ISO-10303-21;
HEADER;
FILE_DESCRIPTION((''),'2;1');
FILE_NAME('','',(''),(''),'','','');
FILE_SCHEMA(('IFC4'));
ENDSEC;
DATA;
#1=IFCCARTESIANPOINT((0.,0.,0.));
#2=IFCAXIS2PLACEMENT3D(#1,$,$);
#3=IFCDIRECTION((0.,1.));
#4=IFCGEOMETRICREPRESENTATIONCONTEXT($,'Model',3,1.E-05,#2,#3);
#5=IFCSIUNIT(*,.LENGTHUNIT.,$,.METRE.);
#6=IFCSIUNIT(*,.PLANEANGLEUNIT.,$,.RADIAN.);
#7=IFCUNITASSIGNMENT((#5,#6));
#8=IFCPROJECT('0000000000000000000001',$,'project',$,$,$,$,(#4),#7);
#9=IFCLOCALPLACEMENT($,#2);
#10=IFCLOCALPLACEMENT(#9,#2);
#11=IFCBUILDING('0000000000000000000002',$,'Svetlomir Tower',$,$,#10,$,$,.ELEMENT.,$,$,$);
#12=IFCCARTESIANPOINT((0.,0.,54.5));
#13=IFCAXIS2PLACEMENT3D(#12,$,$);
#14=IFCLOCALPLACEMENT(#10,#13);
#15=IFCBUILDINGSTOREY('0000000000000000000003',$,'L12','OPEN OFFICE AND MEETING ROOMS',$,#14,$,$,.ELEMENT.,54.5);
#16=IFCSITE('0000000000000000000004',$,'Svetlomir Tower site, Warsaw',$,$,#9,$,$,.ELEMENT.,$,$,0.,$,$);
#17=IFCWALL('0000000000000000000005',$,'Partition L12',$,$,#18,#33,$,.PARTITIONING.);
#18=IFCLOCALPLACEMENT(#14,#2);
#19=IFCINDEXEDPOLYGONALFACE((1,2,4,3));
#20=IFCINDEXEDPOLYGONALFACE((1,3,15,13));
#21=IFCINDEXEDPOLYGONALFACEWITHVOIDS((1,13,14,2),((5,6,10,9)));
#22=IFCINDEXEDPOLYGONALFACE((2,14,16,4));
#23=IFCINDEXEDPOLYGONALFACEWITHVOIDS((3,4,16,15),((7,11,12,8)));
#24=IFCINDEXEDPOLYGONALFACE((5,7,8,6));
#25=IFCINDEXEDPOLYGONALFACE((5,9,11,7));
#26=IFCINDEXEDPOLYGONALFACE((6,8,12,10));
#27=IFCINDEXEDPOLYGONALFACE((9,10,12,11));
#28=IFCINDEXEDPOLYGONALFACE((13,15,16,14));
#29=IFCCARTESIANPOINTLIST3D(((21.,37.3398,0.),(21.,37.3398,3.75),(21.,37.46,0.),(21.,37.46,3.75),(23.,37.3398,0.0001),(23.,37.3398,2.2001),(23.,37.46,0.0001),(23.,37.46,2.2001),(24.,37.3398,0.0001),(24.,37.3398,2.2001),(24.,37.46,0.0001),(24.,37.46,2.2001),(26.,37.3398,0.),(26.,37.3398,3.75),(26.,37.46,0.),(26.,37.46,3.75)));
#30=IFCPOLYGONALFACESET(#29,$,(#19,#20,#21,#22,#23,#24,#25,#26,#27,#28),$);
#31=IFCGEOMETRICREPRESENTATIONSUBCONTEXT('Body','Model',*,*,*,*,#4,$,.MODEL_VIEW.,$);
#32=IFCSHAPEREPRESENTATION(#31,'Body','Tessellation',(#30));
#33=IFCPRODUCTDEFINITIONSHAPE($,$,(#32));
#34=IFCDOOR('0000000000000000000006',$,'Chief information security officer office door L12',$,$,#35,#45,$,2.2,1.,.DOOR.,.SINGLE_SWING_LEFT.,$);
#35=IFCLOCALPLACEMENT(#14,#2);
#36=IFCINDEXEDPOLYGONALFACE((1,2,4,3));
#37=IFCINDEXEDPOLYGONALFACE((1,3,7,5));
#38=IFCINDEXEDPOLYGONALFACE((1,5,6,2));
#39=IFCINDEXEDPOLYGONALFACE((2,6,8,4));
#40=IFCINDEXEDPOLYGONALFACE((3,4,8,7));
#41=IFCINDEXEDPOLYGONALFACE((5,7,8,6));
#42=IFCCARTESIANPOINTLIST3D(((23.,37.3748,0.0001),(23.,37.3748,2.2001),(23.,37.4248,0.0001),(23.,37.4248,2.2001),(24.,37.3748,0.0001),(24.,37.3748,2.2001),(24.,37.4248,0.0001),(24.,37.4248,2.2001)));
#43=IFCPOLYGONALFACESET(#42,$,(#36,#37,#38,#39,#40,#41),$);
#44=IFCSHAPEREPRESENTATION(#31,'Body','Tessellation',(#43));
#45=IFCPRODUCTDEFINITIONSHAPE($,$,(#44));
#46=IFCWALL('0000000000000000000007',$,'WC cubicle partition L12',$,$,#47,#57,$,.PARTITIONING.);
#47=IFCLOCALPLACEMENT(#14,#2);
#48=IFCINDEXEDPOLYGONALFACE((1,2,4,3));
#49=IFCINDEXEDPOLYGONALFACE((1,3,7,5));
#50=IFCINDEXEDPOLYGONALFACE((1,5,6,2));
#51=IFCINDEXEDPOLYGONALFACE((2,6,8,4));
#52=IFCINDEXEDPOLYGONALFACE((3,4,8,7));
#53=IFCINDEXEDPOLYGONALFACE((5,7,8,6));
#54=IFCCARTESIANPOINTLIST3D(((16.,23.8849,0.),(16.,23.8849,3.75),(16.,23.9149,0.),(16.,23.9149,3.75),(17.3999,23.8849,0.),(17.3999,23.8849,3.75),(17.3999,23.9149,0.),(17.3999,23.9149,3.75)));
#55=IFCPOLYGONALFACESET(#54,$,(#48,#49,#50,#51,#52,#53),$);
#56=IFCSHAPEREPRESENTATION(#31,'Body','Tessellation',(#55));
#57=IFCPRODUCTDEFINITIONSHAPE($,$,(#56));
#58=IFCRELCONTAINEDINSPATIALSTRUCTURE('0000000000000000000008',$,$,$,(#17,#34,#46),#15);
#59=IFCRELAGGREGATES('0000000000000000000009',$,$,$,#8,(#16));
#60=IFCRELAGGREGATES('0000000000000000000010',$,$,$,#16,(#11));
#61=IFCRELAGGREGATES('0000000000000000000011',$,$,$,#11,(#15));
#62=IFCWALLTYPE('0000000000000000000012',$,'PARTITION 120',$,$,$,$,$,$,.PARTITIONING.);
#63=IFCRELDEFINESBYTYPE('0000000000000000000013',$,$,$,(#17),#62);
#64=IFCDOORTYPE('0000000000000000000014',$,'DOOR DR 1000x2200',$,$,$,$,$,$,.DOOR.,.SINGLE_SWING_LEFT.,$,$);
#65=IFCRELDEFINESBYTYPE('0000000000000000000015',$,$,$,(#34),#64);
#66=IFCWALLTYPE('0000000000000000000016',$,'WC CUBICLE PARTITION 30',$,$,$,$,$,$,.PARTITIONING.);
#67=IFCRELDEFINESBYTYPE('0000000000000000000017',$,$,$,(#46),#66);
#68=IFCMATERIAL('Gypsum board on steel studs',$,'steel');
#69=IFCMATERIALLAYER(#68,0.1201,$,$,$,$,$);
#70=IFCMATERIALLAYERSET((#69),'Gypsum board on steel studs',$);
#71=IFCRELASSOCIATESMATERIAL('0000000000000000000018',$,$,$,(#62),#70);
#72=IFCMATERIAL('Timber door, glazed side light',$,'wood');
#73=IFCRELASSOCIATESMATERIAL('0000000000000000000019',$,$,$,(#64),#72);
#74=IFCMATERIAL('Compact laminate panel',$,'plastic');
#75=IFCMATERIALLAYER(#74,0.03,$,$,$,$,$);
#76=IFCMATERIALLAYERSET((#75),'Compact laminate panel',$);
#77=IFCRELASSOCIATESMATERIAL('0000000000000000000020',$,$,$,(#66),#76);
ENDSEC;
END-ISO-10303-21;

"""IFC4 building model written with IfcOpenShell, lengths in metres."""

from ifc_helpers import new_model, si_unit, direction, frame, frame_2d, origin, place, context, subcontext, project, spatial, rectangle, extrude, material, layer, layer_set, type_object, element, fill, save


model = new_model("IFC4")

# Units and contexts
model_context = context("Model", 3, precision=1e-05, world=origin(), true_north=direction((0.0, 1.0)))
body_context = subcontext(model_context, "Body", "Model", "MODEL_VIEW")
ifc_project = project(units=[si_unit("LENGTHUNIT", "METRE"), si_unit("PLANEANGLEUNIT", "RADIAN")], contexts=[model_context])

# Site, building, storey
site_placement = place(None, origin())
site = spatial("IfcSite", under=ifc_project, at=site_placement, Name="Svetlomir Tower site, Warsaw", CompositionType="ELEMENT", RefElevation=0.0)
building_placement = place(site_placement, origin())
building = spatial("IfcBuilding", under=site, at=building_placement, Name="Svetlomir Tower", CompositionType="ELEMENT")
storey_placement = place(building_placement, frame((0.0, 0.0, 54.5)))
storey = spatial("IfcBuildingStorey", under=building, at=storey_placement, Name="L12", Description="OPEN OFFICE AND MEETING ROOMS", CompositionType="ELEMENT", Elevation=54.5)

# Shared definitions
ifc_material_1 = material(Name="Gypsum board on steel studs", Category="steel")
ifc_layer_1 = layer(ifc_material_1, 0.1201)
ifc_layer_set_1 = layer_set([ifc_layer_1], Name="Gypsum board on steel studs")
wall_type_1 = type_object("IfcWallType", Name="PARTITION 120", PredefinedType="PARTITIONING", material=ifc_layer_set_1)

# Wall, opening, door
wall_1_placement = place(storey_placement, frame((21.0, 37.3999, 0.0), z_axis=(0.0, 0.0, 1.0), x_axis=(1.0, 0.0, 0.0)))
wall_1 = element("IfcWall", 1, at=wall_1_placement, inside=storey, type_object=wall_type_1, Name="Partition L12", PredefinedType="PARTITIONING", context=body_context, shape_type="SweptSolid", body=[
    extrude(rectangle(XDim=5.0, YDim=0.1201, at=frame_2d((2.5, 0.0))), origin(), (0.0, 0.0, 1.0), 3.75),
])
opening_1_placement = place(wall_1_placement, frame((2.0, 0.0, 0.0)))
opening_1 = element("IfcOpeningElement", 2, at=opening_1_placement, cuts=wall_1, PredefinedType="OPENING", context=body_context, shape_type="SweptSolid", body=[
    extrude(rectangle(XDim=1.0, YDim=2.2, at=frame_2d((0.5, 1.1001))), frame((0.0, 0.0701, 0.0), z_axis=(0.0, -1.0, 0.0), x_axis=(1.0, 0.0, 0.0)), (0.0, 0.0, 1.0), 0.1401),
])
ifc_material_2 = material(Name="Timber door, glazed side light", Category="wood")
door_type_1 = type_object("IfcDoorType", Name="DOOR DR 1000x2200", OperationType="SINGLE_SWING_LEFT", PredefinedType="DOOR", material=ifc_material_2)
door_1_placement = place(opening_1_placement, origin())
door_1 = element("IfcDoor", 3, at=door_1_placement, inside=storey, type_object=door_type_1, Name="Chief information security officer office door L12", OperationType="SINGLE_SWING_LEFT", OverallHeight=2.2, OverallWidth=1.0, PredefinedType="DOOR", context=body_context, shape_type="SweptSolid", body=[
    extrude(rectangle(XDim=1.0, YDim=2.2, at=frame_2d((0.5, 1.1001))), frame((0.0, 0.0249, 0.0), z_axis=(0.0, -1.0, 0.0), x_axis=(1.0, 0.0, 0.0)), (0.0, 0.0, 1.0), 0.05),
])
fill(opening_1, door_1)

# Wall
ifc_material_3 = material(Name="Compact laminate panel", Category="plastic")
ifc_layer_2 = layer(ifc_material_3, 0.03)
ifc_layer_set_2 = layer_set([ifc_layer_2], Name="Compact laminate panel")
wall_type_2 = type_object("IfcWallType", Name="WC CUBICLE PARTITION 30", PredefinedType="PARTITIONING", material=ifc_layer_set_2)
wall_2_placement = place(storey_placement, frame((16.0, 23.8999, 0.0), z_axis=(0.0, 0.0, 1.0), x_axis=(1.0, 0.0, 0.0)))
element("IfcWall", 4, at=wall_2_placement, inside=storey, type_object=wall_type_2, Name="WC cubicle partition L12", PredefinedType="PARTITIONING", context=body_context, shape_type="SweptSolid", body=[
    extrude(rectangle(XDim=1.3999, YDim=0.03, at=frame_2d((0.7, 0.0))), origin(), (0.0, 0.0, 1.0), 3.75),
])

save(model, "model.ifc")
